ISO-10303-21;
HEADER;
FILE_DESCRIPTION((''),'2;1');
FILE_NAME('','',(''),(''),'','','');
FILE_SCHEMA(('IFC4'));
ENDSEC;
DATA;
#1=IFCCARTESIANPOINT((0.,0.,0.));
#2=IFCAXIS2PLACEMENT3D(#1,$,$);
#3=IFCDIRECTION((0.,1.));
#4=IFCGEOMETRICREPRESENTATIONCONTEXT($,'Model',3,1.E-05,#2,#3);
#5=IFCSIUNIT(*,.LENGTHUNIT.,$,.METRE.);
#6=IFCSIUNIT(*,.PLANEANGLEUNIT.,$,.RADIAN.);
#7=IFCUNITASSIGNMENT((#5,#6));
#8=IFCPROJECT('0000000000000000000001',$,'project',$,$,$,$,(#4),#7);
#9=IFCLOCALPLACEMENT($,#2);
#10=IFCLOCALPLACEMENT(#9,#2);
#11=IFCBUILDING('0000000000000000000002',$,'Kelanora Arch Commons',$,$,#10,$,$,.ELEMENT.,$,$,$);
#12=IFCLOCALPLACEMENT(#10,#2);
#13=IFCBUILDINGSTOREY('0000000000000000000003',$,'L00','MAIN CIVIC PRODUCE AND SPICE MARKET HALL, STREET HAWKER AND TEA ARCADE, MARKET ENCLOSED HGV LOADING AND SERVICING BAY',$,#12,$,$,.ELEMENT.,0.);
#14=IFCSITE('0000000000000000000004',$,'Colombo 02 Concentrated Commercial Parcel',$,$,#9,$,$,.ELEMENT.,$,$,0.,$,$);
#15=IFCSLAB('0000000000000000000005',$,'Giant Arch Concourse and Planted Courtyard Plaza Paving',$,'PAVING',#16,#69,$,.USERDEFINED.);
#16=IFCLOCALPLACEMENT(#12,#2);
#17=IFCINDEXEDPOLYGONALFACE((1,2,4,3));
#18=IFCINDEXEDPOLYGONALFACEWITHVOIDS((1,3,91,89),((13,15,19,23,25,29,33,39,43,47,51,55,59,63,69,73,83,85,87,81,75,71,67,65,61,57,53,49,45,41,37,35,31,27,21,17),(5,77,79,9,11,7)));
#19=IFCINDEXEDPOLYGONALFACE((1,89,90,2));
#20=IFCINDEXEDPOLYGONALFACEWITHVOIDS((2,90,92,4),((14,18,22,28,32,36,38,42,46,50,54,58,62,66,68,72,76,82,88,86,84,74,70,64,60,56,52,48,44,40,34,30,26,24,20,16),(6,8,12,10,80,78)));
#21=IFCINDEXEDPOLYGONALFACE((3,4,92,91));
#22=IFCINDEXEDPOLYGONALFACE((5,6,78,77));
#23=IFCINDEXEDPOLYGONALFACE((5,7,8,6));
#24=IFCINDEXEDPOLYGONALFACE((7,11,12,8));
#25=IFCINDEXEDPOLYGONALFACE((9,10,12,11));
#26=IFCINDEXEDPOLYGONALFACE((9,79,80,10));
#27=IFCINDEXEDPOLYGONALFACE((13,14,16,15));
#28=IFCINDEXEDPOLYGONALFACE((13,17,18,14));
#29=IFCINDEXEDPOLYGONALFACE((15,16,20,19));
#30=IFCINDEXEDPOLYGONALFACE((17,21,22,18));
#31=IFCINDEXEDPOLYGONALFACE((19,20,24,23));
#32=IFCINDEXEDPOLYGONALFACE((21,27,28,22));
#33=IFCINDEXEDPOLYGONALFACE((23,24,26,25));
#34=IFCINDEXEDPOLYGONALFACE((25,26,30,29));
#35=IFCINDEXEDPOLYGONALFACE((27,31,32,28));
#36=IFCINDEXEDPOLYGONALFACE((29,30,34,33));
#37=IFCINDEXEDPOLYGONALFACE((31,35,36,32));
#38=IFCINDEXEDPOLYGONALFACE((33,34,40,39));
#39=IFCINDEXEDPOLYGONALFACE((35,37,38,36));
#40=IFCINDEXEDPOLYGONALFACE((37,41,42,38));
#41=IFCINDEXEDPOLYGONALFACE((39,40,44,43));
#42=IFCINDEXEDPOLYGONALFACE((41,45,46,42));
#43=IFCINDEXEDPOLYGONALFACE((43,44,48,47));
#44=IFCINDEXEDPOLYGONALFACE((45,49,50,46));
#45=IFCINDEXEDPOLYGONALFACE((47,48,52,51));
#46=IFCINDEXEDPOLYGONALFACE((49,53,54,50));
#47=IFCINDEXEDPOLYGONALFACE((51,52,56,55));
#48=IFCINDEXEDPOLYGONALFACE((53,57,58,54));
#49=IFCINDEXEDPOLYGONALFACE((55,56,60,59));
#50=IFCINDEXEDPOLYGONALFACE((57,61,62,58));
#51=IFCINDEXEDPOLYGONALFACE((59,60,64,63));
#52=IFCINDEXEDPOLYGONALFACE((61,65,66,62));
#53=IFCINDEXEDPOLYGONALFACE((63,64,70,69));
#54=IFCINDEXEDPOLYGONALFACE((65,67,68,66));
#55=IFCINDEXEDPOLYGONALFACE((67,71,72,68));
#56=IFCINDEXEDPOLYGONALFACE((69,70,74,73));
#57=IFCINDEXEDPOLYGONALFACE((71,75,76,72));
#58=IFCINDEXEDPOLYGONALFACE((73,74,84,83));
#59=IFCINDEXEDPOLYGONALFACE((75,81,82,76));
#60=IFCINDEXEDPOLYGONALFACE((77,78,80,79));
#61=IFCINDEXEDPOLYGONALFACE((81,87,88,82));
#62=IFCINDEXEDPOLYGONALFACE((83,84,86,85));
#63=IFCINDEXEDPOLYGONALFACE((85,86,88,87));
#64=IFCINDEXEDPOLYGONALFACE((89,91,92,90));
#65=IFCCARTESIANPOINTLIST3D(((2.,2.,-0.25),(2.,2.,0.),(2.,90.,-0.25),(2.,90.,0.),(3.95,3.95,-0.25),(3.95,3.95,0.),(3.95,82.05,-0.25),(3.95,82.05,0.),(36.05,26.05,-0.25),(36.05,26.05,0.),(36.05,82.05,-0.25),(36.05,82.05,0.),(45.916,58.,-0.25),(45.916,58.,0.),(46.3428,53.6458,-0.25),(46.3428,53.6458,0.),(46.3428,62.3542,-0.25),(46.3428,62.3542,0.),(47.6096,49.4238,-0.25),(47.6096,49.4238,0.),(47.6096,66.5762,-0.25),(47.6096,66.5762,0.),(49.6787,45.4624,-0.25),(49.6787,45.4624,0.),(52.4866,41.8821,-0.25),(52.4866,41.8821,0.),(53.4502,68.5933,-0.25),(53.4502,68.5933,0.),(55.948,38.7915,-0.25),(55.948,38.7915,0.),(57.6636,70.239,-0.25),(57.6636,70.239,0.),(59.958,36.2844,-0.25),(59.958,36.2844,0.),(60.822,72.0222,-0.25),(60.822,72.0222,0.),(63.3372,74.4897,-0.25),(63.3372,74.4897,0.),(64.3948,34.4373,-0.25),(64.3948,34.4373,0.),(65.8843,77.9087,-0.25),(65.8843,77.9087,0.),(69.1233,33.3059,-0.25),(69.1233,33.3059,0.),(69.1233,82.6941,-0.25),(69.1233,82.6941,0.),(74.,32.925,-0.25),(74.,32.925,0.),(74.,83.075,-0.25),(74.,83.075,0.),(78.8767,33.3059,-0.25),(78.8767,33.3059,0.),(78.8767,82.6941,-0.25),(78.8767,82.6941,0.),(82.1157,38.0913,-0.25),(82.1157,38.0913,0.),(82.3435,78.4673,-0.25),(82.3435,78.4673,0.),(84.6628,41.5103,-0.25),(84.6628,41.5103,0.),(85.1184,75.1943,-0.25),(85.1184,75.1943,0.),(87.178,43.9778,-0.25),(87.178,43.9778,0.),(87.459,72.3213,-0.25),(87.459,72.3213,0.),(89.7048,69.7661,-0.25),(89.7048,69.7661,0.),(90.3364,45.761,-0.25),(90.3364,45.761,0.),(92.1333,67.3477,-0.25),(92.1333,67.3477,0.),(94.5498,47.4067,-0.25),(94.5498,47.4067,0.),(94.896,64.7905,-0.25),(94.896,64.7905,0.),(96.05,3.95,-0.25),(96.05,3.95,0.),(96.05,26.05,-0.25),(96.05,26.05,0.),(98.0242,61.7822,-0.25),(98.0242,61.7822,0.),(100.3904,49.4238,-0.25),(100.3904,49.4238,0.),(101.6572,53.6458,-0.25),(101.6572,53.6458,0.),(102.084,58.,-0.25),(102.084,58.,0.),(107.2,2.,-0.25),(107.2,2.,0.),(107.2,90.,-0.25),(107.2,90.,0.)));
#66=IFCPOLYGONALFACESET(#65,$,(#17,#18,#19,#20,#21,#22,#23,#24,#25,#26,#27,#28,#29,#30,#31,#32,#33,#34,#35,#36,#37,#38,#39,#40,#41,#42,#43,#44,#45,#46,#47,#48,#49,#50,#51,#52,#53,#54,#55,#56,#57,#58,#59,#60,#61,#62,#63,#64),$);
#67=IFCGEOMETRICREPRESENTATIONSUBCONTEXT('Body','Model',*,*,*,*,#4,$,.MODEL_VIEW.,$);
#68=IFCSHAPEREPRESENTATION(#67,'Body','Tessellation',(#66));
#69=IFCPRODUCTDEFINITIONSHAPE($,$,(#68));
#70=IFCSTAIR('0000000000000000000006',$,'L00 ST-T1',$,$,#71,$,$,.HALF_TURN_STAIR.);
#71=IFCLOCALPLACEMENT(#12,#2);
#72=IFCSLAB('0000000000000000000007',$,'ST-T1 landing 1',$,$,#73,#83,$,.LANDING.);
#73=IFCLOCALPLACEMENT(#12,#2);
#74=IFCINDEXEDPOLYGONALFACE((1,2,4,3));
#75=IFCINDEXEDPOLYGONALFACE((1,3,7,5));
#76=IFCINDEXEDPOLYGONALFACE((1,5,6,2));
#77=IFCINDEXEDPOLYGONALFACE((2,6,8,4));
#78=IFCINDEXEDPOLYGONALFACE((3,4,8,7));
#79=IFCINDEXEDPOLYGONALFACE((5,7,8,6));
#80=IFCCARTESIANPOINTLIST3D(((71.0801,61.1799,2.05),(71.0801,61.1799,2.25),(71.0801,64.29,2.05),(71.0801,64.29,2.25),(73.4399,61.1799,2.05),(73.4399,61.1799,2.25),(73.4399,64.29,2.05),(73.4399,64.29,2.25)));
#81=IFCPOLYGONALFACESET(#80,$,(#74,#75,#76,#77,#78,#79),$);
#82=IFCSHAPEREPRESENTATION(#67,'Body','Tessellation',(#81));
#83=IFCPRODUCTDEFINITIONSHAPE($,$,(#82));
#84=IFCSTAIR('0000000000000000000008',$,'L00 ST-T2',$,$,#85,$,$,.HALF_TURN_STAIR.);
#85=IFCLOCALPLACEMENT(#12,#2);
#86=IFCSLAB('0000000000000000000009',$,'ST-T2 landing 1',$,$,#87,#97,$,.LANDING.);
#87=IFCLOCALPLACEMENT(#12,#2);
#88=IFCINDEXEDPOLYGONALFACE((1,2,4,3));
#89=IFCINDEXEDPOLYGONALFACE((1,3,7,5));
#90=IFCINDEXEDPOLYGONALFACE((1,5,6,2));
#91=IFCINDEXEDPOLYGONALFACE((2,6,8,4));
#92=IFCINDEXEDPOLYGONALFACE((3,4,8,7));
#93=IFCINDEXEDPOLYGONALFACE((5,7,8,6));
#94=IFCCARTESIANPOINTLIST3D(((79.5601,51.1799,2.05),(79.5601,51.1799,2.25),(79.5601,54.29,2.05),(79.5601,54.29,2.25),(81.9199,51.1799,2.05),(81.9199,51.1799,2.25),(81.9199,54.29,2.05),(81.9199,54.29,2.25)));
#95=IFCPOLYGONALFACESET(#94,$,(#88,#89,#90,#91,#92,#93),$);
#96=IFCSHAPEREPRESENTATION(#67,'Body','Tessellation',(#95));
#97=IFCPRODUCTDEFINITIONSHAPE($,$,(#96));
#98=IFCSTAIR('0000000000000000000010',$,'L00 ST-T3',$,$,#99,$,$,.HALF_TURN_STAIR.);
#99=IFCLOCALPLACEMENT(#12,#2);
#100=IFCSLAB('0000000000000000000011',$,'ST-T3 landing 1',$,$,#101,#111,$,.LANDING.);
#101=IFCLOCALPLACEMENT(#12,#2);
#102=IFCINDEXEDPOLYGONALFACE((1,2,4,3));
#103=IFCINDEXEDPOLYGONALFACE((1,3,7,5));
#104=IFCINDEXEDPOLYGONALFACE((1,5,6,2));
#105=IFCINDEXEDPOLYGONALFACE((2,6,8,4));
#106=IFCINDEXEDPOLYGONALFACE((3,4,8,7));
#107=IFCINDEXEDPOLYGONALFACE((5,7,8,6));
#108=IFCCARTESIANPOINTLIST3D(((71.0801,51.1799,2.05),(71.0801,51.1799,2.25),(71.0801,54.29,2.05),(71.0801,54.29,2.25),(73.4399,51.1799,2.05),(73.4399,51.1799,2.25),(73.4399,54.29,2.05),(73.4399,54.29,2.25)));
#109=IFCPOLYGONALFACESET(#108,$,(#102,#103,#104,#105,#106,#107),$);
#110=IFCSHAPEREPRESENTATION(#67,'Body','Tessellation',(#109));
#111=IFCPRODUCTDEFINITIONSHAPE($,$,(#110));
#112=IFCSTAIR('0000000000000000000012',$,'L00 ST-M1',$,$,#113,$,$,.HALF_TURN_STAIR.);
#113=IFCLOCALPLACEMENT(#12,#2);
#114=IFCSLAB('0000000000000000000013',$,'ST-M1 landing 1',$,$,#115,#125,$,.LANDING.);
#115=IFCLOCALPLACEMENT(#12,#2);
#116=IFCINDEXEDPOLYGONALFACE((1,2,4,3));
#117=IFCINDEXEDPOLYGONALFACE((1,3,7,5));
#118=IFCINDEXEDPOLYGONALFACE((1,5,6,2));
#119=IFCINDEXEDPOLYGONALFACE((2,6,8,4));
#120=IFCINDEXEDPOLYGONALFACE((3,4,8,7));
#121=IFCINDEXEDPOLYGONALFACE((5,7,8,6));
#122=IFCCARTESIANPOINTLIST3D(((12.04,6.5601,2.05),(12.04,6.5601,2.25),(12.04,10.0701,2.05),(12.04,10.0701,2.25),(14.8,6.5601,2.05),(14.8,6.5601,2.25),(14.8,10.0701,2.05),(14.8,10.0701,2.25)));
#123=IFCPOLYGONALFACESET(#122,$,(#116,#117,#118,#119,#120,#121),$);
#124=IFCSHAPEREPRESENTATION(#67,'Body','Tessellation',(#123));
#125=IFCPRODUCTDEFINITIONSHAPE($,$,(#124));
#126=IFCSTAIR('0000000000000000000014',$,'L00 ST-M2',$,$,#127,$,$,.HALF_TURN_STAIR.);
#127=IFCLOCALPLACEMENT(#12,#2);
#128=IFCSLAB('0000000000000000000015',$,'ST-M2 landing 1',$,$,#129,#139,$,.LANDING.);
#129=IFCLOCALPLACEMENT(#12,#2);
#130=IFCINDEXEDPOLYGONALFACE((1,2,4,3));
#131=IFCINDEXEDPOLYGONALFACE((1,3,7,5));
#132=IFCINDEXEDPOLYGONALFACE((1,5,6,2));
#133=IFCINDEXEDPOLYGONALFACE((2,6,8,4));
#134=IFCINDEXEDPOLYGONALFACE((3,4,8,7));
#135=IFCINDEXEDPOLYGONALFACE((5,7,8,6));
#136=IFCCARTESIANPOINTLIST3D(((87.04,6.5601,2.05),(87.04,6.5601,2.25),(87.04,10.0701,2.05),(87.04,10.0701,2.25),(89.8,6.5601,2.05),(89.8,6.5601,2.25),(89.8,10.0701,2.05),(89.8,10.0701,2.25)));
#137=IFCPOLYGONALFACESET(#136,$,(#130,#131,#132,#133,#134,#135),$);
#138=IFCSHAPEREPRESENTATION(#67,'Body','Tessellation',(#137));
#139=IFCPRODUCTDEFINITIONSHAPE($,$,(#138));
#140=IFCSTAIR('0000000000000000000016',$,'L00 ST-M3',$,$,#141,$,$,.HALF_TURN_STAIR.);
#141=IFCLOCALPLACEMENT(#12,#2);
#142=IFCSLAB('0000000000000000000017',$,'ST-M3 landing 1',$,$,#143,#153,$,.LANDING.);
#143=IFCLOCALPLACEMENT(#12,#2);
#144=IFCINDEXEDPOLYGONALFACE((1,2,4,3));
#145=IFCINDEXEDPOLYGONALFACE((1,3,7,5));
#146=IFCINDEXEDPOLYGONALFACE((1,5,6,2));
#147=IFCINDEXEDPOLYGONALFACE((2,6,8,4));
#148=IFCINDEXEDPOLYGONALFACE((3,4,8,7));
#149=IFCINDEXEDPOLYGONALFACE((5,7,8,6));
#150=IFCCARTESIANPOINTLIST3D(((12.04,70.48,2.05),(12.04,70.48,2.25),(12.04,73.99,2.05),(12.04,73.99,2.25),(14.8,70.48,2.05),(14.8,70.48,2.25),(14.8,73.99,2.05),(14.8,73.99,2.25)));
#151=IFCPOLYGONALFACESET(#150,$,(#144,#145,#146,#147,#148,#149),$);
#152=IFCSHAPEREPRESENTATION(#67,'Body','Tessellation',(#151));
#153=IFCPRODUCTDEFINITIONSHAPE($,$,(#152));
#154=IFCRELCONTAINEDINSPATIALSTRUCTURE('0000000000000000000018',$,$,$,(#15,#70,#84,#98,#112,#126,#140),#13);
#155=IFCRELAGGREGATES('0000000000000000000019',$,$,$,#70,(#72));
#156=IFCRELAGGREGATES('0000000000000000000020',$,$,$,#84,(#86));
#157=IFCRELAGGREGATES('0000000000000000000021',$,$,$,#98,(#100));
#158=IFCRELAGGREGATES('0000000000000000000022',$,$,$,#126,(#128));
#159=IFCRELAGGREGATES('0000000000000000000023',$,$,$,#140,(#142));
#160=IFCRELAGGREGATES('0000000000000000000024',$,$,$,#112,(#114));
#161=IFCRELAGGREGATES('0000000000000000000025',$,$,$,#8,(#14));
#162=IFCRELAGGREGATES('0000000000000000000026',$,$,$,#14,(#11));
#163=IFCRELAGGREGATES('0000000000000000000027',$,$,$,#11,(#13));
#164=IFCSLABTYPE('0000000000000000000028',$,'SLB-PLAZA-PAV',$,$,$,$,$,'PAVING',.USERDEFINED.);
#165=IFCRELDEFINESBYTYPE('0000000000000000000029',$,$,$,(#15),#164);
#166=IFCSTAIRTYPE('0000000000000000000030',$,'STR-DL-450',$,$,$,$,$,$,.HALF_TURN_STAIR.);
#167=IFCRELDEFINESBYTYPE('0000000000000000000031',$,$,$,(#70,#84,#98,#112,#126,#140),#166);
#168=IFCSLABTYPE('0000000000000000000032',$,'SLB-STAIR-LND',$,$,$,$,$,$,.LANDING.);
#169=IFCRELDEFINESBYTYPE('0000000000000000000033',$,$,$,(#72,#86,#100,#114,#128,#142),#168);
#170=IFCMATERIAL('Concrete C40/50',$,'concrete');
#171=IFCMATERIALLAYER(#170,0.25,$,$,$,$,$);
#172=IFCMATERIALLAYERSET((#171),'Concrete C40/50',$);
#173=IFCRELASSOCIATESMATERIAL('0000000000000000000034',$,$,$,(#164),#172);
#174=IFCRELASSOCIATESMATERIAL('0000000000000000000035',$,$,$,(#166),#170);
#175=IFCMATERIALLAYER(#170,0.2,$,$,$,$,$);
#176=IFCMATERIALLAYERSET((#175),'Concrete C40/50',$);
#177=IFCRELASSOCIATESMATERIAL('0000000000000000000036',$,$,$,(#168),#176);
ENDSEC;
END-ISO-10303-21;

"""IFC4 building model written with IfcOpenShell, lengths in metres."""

from ifc_helpers import new_model, si_unit, direction, frame, origin, place, context, subcontext, project, spatial, polyline, outline, extrude, material, layer, layer_set, type_object, element, aggregate, save


model = new_model("IFC4")

# Units and contexts
model_context = context("Model", 3, precision=1e-05, world=origin(), true_north=direction((0.0, 1.0)))
body_context = subcontext(model_context, "Body", "Model", "MODEL_VIEW")
ifc_project = project(units=[si_unit("LENGTHUNIT", "METRE"), si_unit("PLANEANGLEUNIT", "RADIAN")], contexts=[model_context])

# Site, building, storey
site_placement = place(None, origin())
site = spatial("IfcSite", under=ifc_project, at=site_placement, Name="Colombo 02 Concentrated Commercial Parcel", CompositionType="ELEMENT", RefElevation=0.0)
building_placement = place(site_placement, origin())
building = spatial("IfcBuilding", under=site, at=building_placement, Name="Kelanora Arch Commons", CompositionType="ELEMENT")
storey_placement = place(building_placement, origin())
storey = spatial("IfcBuildingStorey", under=building, at=storey_placement, Name="L00", Description="MAIN CIVIC PRODUCE AND SPICE MARKET HALL, STREET HAWKER AND TEA ARCADE, MARKET ENCLOSED HGV LOADING AND SERVICING BAY", CompositionType="ELEMENT", Elevation=0.0)

# Shared definitions
ifc_material_1 = material(Name="Concrete C40/50", Category="concrete")

# Slab
ifc_layer_1 = layer(ifc_material_1, 0.25)
ifc_layer_set_1 = layer_set([ifc_layer_1], Name="Concrete C40/50")
slab_type_1 = type_object("IfcSlabType", Name="SLB-PLAZA-PAV", ElementType="PAVING", PredefinedType="USERDEFINED", material=ifc_layer_set_1)
slab_1_placement = place(storey_placement, frame((0.0, 0.0, -0.25)))
element("IfcSlab", 1, at=slab_1_placement, inside=storey, type_object=slab_type_1, Name="Giant Arch Concourse and Planted Courtyard Plaza Paving", ObjectType="PAVING", PredefinedType="USERDEFINED", context=body_context, shape_type="SweptSolid", body=[
    extrude(outline(polyline([(2.0, 2.0), (107.2, 2.0), (107.2, 90.0), (2.0, 90.0), (2.0, 2.0)]), holes=[polyline([(36.05, 82.05), (36.05, 26.05), (96.05, 26.05), (96.05, 3.95), (3.95, 3.95), (3.95, 82.05), (36.05, 82.05)]), polyline([(100.3904, 49.4238), (94.5498, 47.4067), (90.3364, 45.761), (87.178, 43.9778), (84.6628, 41.5103), (82.1157, 38.0913), (78.8767, 33.3059), (74.0, 32.925), (69.1233, 33.3059), (64.3948, 34.4373), (59.958, 36.2844), (55.948, 38.7915), (52.4866, 41.8821), (49.6787, 45.4624), (47.6096, 49.4238), (46.3428, 53.6458), (45.916, 58.0), (46.3428, 62.3542), (47.6096, 66.5762), (53.4502, 68.5933), (57.6636, 70.239), (60.822, 72.0222), (63.3372, 74.4897), (65.8843, 77.9087), (69.1233, 82.6941), (74.0, 83.075), (78.8767, 82.6941), (82.3435, 78.4673), (85.1184, 75.1943), (87.459, 72.3213), (89.7048, 69.7661), (92.1333, 67.3477), (94.896, 64.7905), (98.0242, 61.7822), (102.084, 58.0), (101.6572, 53.6458), (100.3904, 49.4238)])]), origin(), (0.0, 0.0, 1.0), 0.25),
])

# Stairs, slabs
stair_type = type_object("IfcStairType", Name="STR-DL-450", PredefinedType="HALF_TURN_STAIR", material=ifc_material_1)
stair_1_placement = place(storey_placement, origin())
stair_1 = element("IfcStair", 2, at=stair_1_placement, inside=storey, type_object=stair_type, Name="L00 ST-T1", PredefinedType="HALF_TURN_STAIR")
ifc_layer_2 = layer(ifc_material_1, 0.2)
ifc_layer_set_2 = layer_set([ifc_layer_2], Name="Concrete C40/50")
slab_type_2 = type_object("IfcSlabType", Name="SLB-STAIR-LND", PredefinedType="LANDING", material=ifc_layer_set_2)
slab_2_placement = place(storey_placement, frame((0.0, 0.0, 2.05)))
slab_2 = element("IfcSlab", 3, at=slab_2_placement, type_object=slab_type_2, Name="ST-T1 landing 1", PredefinedType="LANDING", context=body_context, shape_type="SweptSolid", body=[
    extrude(outline(polyline([(71.0801, 61.1799), (73.4399, 61.1799), (73.4399, 64.29), (71.0801, 64.29), (71.0801, 61.1799)])), origin(), (0.0, 0.0, 1.0), 0.2),
])
aggregate(stair_1, [slab_2])
stair_2_placement = place(storey_placement, origin())
stair_2 = element("IfcStair", 4, at=stair_2_placement, inside=storey, type_object=stair_type, Name="L00 ST-T2", PredefinedType="HALF_TURN_STAIR")
slab_3_placement = place(storey_placement, frame((0.0, 0.0, 2.05)))
slab_3 = element("IfcSlab", 5, at=slab_3_placement, type_object=slab_type_2, Name="ST-T2 landing 1", PredefinedType="LANDING", context=body_context, shape_type="SweptSolid", body=[
    extrude(outline(polyline([(79.5601, 51.1799), (81.9199, 51.1799), (81.9199, 54.29), (79.5601, 54.29), (79.5601, 51.1799)])), origin(), (0.0, 0.0, 1.0), 0.2),
])
aggregate(stair_2, [slab_3])
stair_3_placement = place(storey_placement, origin())
stair_3 = element("IfcStair", 6, at=stair_3_placement, inside=storey, type_object=stair_type, Name="L00 ST-T3", PredefinedType="HALF_TURN_STAIR")
slab_4_placement = place(storey_placement, frame((0.0, 0.0, 2.05)))
slab_4 = element("IfcSlab", 7, at=slab_4_placement, type_object=slab_type_2, Name="ST-T3 landing 1", PredefinedType="LANDING", context=body_context, shape_type="SweptSolid", body=[
    extrude(outline(polyline([(71.0801, 51.1799), (73.4399, 51.1799), (73.4399, 54.29), (71.0801, 54.29), (71.0801, 51.1799)])), origin(), (0.0, 0.0, 1.0), 0.2),
])
aggregate(stair_3, [slab_4])
stair_4_placement = place(storey_placement, origin())
stair_4 = element("IfcStair", 8, at=stair_4_placement, inside=storey, type_object=stair_type, Name="L00 ST-M1", PredefinedType="HALF_TURN_STAIR")
slab_5_placement = place(storey_placement, frame((0.0, 0.0, 2.05)))
slab_5 = element("IfcSlab", 9, at=slab_5_placement, type_object=slab_type_2, Name="ST-M1 landing 1", PredefinedType="LANDING", context=body_context, shape_type="SweptSolid", body=[
    extrude(outline(polyline([(12.04, 6.5601), (14.8, 6.5601), (14.8, 10.0701), (12.04, 10.0701), (12.04, 6.5601)])), origin(), (0.0, 0.0, 1.0), 0.2),
])
stair_5_placement = place(storey_placement, origin())
stair_5 = element("IfcStair", 10, at=stair_5_placement, inside=storey, type_object=stair_type, Name="L00 ST-M2", PredefinedType="HALF_TURN_STAIR")
slab_6_placement = place(storey_placement, frame((0.0, 0.0, 2.05)))
slab_6 = element("IfcSlab", 11, at=slab_6_placement, type_object=slab_type_2, Name="ST-M2 landing 1", PredefinedType="LANDING", context=body_context, shape_type="SweptSolid", body=[
    extrude(outline(polyline([(87.04, 6.5601), (89.8, 6.5601), (89.8, 10.0701), (87.04, 10.0701), (87.04, 6.5601)])), origin(), (0.0, 0.0, 1.0), 0.2),
])
aggregate(stair_5, [slab_6])
stair_6_placement = place(storey_placement, origin())
stair_6 = element("IfcStair", 12, at=stair_6_placement, inside=storey, type_object=stair_type, Name="L00 ST-M3", PredefinedType="HALF_TURN_STAIR")
slab_7_placement = place(storey_placement, frame((0.0, 0.0, 2.05)))
slab_7 = element("IfcSlab", 13, at=slab_7_placement, type_object=slab_type_2, Name="ST-M3 landing 1", PredefinedType="LANDING", context=body_context, shape_type="SweptSolid", body=[
    extrude(outline(polyline([(12.04, 70.48), (14.8, 70.48), (14.8, 73.99), (12.04, 73.99), (12.04, 70.48)])), origin(), (0.0, 0.0, 1.0), 0.2),
])
aggregate(stair_6, [slab_7])

aggregate(stair_4, [slab_5])

save(model, "model.ifc")
